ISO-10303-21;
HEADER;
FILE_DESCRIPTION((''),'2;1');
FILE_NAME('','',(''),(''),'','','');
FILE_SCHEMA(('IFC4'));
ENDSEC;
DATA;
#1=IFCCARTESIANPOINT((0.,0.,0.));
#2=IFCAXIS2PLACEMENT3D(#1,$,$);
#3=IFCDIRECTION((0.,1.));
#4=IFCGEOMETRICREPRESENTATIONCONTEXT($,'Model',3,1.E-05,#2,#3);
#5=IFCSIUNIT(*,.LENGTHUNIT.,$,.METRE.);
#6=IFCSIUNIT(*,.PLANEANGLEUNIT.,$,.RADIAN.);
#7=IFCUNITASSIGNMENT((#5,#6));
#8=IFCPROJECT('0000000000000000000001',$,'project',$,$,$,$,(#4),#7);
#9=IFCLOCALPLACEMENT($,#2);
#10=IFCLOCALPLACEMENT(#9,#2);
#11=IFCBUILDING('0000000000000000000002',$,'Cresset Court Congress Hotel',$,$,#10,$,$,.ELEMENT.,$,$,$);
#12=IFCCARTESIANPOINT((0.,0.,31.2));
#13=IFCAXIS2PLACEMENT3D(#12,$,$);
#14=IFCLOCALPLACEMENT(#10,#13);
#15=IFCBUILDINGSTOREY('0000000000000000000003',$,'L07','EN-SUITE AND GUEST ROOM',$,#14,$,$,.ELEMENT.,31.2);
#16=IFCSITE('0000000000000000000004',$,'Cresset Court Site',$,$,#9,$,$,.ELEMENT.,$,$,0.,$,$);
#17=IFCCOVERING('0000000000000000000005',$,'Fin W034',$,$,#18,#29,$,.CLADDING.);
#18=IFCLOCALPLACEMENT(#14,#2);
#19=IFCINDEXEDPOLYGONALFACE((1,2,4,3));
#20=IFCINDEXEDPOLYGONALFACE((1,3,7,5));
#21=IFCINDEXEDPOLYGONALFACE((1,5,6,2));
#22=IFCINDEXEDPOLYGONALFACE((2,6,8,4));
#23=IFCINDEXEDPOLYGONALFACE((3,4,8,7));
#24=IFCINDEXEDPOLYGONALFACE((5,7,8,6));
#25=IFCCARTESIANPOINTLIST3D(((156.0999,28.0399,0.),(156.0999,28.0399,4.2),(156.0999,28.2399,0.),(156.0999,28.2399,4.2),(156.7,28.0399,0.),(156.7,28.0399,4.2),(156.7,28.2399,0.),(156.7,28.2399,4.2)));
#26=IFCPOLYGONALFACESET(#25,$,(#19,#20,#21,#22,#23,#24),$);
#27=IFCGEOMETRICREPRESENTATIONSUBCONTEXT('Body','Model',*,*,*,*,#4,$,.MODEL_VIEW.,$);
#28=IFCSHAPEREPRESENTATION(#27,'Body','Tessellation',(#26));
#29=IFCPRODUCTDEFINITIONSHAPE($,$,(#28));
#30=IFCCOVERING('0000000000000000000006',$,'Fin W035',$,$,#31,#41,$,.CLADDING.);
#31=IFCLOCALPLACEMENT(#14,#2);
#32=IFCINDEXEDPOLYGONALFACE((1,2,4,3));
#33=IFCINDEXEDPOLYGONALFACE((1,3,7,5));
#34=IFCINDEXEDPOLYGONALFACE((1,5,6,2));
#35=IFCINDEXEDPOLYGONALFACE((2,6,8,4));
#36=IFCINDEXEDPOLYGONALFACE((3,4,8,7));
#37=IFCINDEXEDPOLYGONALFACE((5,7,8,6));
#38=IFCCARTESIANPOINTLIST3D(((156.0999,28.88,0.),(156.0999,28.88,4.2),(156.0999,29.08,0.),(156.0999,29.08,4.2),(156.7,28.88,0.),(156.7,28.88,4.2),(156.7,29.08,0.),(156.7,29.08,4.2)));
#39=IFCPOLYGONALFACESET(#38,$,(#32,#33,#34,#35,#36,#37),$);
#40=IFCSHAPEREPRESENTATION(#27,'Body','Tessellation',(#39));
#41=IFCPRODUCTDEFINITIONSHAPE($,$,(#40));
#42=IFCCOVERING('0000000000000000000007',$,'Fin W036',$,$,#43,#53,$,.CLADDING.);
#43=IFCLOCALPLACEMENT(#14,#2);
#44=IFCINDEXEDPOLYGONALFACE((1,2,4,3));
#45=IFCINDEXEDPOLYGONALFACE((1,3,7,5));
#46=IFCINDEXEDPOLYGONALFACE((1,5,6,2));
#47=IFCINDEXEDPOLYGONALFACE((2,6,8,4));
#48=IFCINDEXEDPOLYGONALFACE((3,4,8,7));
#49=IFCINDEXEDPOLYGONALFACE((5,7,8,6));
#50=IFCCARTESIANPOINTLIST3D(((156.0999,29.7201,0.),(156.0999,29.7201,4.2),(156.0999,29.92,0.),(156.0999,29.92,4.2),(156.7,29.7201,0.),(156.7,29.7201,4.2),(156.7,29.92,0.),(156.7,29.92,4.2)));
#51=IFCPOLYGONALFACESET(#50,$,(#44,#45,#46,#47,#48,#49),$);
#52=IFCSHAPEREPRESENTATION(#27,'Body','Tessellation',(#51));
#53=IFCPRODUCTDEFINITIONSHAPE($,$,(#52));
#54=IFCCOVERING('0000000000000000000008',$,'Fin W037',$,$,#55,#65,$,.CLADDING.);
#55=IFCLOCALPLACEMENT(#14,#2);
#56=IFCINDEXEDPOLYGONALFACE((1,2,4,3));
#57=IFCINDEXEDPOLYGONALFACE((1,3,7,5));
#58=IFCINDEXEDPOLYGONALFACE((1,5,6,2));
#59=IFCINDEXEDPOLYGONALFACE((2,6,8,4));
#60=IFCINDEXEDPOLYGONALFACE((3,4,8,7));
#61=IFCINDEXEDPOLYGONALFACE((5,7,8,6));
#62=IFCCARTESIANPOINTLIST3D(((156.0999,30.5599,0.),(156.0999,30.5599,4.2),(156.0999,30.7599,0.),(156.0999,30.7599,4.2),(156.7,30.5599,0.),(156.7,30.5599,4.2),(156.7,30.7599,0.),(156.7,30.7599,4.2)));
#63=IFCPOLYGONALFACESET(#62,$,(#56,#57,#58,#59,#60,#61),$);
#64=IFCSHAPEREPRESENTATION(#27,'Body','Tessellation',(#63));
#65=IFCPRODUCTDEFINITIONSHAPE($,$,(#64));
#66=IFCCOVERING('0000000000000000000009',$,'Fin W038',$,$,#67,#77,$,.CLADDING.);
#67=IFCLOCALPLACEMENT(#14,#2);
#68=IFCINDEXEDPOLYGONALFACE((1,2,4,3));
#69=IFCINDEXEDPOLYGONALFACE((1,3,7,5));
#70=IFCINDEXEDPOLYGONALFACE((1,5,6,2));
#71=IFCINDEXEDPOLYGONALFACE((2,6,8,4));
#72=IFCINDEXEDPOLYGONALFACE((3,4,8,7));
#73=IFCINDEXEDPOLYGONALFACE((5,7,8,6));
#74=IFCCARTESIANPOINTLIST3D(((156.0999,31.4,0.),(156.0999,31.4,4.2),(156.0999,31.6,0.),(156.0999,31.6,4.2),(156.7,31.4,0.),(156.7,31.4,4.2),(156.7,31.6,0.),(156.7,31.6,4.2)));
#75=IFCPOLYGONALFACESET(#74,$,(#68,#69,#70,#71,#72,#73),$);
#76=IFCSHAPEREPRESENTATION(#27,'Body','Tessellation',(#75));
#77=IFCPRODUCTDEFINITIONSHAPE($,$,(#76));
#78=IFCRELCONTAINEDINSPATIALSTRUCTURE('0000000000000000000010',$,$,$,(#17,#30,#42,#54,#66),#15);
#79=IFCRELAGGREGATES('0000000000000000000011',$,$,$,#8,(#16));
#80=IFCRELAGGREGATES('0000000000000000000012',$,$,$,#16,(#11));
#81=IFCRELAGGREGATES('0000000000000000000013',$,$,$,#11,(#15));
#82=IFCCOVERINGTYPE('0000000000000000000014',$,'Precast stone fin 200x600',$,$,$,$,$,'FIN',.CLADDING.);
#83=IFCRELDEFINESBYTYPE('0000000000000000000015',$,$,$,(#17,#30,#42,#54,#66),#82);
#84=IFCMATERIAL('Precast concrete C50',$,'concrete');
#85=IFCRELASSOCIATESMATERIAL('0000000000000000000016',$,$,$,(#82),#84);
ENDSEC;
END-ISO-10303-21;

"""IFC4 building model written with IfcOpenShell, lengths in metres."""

from ifc_helpers import new_model, si_unit, direction, frame, origin, origin_2d, place, context, subcontext, project, spatial, rectangle, extrude, material, type_object, element, save


model = new_model("IFC4")

# Units and contexts
model_context = context("Model", 3, precision=1e-05, world=origin(), true_north=direction((0.0, 1.0)))
body_context = subcontext(model_context, "Body", "Model", "MODEL_VIEW")
ifc_project = project(units=[si_unit("LENGTHUNIT", "METRE"), si_unit("PLANEANGLEUNIT", "RADIAN")], contexts=[model_context])

# Site, building, storey
site_placement = place(None, origin())
site = spatial("IfcSite", under=ifc_project, at=site_placement, Name="Cresset Court Site", CompositionType="ELEMENT", RefElevation=0.0)
building_placement = place(site_placement, origin())
building = spatial("IfcBuilding", under=site, at=building_placement, Name="Cresset Court Congress Hotel", CompositionType="ELEMENT")
storey_placement = place(building_placement, frame((0.0, 0.0, 31.2)))
storey = spatial("IfcBuildingStorey", under=building, at=storey_placement, Name="L07", Description="EN-SUITE AND GUEST ROOM", CompositionType="ELEMENT", Elevation=31.2)

# Coverings
ifc_material_1 = material(Name="Precast concrete C50", Category="concrete")
covering_type = type_object("IfcCoveringType", Name="Precast stone fin 200x600", ElementType="FIN", PredefinedType="CLADDING", material=ifc_material_1)
for number, where, z_axis, x_axis, name in (
    (1, (156.3999, 28.1399, 0.0), (0.0, 0.0, 1.0), (1.0, 0.0, 0.0), "Fin W034"),
    (2, (156.3999, 28.98, 0.0), (0.0, 0.0, 1.0), (1.0, 0.0, 0.0), "Fin W035"),
    (3, (156.3999, 29.8201, 0.0), (0.0, 0.0, 1.0), (1.0, 0.0, 0.0), "Fin W036"),
    (4, (156.3999, 30.6599, 0.0), (0.0, 0.0, 1.0), (1.0, 0.0, 0.0), "Fin W037"),
    (5, (156.3999, 31.5, 0.0), (0.0, 0.0, 1.0), (1.0, 0.0, 0.0), "Fin W038"),
):
    element("IfcCovering", number, at=place(storey_placement, frame(where, z_axis=z_axis, x_axis=x_axis)), inside=storey, type_object=covering_type, Name=name, PredefinedType="CLADDING", context=body_context, shape_type="SweptSolid", body=[
        extrude(rectangle(XDim=0.6001, YDim=0.2, at=origin_2d()), origin(), (0.0, 0.0, 1.0), 4.2),
    ])

save(model, "model.ifc")
